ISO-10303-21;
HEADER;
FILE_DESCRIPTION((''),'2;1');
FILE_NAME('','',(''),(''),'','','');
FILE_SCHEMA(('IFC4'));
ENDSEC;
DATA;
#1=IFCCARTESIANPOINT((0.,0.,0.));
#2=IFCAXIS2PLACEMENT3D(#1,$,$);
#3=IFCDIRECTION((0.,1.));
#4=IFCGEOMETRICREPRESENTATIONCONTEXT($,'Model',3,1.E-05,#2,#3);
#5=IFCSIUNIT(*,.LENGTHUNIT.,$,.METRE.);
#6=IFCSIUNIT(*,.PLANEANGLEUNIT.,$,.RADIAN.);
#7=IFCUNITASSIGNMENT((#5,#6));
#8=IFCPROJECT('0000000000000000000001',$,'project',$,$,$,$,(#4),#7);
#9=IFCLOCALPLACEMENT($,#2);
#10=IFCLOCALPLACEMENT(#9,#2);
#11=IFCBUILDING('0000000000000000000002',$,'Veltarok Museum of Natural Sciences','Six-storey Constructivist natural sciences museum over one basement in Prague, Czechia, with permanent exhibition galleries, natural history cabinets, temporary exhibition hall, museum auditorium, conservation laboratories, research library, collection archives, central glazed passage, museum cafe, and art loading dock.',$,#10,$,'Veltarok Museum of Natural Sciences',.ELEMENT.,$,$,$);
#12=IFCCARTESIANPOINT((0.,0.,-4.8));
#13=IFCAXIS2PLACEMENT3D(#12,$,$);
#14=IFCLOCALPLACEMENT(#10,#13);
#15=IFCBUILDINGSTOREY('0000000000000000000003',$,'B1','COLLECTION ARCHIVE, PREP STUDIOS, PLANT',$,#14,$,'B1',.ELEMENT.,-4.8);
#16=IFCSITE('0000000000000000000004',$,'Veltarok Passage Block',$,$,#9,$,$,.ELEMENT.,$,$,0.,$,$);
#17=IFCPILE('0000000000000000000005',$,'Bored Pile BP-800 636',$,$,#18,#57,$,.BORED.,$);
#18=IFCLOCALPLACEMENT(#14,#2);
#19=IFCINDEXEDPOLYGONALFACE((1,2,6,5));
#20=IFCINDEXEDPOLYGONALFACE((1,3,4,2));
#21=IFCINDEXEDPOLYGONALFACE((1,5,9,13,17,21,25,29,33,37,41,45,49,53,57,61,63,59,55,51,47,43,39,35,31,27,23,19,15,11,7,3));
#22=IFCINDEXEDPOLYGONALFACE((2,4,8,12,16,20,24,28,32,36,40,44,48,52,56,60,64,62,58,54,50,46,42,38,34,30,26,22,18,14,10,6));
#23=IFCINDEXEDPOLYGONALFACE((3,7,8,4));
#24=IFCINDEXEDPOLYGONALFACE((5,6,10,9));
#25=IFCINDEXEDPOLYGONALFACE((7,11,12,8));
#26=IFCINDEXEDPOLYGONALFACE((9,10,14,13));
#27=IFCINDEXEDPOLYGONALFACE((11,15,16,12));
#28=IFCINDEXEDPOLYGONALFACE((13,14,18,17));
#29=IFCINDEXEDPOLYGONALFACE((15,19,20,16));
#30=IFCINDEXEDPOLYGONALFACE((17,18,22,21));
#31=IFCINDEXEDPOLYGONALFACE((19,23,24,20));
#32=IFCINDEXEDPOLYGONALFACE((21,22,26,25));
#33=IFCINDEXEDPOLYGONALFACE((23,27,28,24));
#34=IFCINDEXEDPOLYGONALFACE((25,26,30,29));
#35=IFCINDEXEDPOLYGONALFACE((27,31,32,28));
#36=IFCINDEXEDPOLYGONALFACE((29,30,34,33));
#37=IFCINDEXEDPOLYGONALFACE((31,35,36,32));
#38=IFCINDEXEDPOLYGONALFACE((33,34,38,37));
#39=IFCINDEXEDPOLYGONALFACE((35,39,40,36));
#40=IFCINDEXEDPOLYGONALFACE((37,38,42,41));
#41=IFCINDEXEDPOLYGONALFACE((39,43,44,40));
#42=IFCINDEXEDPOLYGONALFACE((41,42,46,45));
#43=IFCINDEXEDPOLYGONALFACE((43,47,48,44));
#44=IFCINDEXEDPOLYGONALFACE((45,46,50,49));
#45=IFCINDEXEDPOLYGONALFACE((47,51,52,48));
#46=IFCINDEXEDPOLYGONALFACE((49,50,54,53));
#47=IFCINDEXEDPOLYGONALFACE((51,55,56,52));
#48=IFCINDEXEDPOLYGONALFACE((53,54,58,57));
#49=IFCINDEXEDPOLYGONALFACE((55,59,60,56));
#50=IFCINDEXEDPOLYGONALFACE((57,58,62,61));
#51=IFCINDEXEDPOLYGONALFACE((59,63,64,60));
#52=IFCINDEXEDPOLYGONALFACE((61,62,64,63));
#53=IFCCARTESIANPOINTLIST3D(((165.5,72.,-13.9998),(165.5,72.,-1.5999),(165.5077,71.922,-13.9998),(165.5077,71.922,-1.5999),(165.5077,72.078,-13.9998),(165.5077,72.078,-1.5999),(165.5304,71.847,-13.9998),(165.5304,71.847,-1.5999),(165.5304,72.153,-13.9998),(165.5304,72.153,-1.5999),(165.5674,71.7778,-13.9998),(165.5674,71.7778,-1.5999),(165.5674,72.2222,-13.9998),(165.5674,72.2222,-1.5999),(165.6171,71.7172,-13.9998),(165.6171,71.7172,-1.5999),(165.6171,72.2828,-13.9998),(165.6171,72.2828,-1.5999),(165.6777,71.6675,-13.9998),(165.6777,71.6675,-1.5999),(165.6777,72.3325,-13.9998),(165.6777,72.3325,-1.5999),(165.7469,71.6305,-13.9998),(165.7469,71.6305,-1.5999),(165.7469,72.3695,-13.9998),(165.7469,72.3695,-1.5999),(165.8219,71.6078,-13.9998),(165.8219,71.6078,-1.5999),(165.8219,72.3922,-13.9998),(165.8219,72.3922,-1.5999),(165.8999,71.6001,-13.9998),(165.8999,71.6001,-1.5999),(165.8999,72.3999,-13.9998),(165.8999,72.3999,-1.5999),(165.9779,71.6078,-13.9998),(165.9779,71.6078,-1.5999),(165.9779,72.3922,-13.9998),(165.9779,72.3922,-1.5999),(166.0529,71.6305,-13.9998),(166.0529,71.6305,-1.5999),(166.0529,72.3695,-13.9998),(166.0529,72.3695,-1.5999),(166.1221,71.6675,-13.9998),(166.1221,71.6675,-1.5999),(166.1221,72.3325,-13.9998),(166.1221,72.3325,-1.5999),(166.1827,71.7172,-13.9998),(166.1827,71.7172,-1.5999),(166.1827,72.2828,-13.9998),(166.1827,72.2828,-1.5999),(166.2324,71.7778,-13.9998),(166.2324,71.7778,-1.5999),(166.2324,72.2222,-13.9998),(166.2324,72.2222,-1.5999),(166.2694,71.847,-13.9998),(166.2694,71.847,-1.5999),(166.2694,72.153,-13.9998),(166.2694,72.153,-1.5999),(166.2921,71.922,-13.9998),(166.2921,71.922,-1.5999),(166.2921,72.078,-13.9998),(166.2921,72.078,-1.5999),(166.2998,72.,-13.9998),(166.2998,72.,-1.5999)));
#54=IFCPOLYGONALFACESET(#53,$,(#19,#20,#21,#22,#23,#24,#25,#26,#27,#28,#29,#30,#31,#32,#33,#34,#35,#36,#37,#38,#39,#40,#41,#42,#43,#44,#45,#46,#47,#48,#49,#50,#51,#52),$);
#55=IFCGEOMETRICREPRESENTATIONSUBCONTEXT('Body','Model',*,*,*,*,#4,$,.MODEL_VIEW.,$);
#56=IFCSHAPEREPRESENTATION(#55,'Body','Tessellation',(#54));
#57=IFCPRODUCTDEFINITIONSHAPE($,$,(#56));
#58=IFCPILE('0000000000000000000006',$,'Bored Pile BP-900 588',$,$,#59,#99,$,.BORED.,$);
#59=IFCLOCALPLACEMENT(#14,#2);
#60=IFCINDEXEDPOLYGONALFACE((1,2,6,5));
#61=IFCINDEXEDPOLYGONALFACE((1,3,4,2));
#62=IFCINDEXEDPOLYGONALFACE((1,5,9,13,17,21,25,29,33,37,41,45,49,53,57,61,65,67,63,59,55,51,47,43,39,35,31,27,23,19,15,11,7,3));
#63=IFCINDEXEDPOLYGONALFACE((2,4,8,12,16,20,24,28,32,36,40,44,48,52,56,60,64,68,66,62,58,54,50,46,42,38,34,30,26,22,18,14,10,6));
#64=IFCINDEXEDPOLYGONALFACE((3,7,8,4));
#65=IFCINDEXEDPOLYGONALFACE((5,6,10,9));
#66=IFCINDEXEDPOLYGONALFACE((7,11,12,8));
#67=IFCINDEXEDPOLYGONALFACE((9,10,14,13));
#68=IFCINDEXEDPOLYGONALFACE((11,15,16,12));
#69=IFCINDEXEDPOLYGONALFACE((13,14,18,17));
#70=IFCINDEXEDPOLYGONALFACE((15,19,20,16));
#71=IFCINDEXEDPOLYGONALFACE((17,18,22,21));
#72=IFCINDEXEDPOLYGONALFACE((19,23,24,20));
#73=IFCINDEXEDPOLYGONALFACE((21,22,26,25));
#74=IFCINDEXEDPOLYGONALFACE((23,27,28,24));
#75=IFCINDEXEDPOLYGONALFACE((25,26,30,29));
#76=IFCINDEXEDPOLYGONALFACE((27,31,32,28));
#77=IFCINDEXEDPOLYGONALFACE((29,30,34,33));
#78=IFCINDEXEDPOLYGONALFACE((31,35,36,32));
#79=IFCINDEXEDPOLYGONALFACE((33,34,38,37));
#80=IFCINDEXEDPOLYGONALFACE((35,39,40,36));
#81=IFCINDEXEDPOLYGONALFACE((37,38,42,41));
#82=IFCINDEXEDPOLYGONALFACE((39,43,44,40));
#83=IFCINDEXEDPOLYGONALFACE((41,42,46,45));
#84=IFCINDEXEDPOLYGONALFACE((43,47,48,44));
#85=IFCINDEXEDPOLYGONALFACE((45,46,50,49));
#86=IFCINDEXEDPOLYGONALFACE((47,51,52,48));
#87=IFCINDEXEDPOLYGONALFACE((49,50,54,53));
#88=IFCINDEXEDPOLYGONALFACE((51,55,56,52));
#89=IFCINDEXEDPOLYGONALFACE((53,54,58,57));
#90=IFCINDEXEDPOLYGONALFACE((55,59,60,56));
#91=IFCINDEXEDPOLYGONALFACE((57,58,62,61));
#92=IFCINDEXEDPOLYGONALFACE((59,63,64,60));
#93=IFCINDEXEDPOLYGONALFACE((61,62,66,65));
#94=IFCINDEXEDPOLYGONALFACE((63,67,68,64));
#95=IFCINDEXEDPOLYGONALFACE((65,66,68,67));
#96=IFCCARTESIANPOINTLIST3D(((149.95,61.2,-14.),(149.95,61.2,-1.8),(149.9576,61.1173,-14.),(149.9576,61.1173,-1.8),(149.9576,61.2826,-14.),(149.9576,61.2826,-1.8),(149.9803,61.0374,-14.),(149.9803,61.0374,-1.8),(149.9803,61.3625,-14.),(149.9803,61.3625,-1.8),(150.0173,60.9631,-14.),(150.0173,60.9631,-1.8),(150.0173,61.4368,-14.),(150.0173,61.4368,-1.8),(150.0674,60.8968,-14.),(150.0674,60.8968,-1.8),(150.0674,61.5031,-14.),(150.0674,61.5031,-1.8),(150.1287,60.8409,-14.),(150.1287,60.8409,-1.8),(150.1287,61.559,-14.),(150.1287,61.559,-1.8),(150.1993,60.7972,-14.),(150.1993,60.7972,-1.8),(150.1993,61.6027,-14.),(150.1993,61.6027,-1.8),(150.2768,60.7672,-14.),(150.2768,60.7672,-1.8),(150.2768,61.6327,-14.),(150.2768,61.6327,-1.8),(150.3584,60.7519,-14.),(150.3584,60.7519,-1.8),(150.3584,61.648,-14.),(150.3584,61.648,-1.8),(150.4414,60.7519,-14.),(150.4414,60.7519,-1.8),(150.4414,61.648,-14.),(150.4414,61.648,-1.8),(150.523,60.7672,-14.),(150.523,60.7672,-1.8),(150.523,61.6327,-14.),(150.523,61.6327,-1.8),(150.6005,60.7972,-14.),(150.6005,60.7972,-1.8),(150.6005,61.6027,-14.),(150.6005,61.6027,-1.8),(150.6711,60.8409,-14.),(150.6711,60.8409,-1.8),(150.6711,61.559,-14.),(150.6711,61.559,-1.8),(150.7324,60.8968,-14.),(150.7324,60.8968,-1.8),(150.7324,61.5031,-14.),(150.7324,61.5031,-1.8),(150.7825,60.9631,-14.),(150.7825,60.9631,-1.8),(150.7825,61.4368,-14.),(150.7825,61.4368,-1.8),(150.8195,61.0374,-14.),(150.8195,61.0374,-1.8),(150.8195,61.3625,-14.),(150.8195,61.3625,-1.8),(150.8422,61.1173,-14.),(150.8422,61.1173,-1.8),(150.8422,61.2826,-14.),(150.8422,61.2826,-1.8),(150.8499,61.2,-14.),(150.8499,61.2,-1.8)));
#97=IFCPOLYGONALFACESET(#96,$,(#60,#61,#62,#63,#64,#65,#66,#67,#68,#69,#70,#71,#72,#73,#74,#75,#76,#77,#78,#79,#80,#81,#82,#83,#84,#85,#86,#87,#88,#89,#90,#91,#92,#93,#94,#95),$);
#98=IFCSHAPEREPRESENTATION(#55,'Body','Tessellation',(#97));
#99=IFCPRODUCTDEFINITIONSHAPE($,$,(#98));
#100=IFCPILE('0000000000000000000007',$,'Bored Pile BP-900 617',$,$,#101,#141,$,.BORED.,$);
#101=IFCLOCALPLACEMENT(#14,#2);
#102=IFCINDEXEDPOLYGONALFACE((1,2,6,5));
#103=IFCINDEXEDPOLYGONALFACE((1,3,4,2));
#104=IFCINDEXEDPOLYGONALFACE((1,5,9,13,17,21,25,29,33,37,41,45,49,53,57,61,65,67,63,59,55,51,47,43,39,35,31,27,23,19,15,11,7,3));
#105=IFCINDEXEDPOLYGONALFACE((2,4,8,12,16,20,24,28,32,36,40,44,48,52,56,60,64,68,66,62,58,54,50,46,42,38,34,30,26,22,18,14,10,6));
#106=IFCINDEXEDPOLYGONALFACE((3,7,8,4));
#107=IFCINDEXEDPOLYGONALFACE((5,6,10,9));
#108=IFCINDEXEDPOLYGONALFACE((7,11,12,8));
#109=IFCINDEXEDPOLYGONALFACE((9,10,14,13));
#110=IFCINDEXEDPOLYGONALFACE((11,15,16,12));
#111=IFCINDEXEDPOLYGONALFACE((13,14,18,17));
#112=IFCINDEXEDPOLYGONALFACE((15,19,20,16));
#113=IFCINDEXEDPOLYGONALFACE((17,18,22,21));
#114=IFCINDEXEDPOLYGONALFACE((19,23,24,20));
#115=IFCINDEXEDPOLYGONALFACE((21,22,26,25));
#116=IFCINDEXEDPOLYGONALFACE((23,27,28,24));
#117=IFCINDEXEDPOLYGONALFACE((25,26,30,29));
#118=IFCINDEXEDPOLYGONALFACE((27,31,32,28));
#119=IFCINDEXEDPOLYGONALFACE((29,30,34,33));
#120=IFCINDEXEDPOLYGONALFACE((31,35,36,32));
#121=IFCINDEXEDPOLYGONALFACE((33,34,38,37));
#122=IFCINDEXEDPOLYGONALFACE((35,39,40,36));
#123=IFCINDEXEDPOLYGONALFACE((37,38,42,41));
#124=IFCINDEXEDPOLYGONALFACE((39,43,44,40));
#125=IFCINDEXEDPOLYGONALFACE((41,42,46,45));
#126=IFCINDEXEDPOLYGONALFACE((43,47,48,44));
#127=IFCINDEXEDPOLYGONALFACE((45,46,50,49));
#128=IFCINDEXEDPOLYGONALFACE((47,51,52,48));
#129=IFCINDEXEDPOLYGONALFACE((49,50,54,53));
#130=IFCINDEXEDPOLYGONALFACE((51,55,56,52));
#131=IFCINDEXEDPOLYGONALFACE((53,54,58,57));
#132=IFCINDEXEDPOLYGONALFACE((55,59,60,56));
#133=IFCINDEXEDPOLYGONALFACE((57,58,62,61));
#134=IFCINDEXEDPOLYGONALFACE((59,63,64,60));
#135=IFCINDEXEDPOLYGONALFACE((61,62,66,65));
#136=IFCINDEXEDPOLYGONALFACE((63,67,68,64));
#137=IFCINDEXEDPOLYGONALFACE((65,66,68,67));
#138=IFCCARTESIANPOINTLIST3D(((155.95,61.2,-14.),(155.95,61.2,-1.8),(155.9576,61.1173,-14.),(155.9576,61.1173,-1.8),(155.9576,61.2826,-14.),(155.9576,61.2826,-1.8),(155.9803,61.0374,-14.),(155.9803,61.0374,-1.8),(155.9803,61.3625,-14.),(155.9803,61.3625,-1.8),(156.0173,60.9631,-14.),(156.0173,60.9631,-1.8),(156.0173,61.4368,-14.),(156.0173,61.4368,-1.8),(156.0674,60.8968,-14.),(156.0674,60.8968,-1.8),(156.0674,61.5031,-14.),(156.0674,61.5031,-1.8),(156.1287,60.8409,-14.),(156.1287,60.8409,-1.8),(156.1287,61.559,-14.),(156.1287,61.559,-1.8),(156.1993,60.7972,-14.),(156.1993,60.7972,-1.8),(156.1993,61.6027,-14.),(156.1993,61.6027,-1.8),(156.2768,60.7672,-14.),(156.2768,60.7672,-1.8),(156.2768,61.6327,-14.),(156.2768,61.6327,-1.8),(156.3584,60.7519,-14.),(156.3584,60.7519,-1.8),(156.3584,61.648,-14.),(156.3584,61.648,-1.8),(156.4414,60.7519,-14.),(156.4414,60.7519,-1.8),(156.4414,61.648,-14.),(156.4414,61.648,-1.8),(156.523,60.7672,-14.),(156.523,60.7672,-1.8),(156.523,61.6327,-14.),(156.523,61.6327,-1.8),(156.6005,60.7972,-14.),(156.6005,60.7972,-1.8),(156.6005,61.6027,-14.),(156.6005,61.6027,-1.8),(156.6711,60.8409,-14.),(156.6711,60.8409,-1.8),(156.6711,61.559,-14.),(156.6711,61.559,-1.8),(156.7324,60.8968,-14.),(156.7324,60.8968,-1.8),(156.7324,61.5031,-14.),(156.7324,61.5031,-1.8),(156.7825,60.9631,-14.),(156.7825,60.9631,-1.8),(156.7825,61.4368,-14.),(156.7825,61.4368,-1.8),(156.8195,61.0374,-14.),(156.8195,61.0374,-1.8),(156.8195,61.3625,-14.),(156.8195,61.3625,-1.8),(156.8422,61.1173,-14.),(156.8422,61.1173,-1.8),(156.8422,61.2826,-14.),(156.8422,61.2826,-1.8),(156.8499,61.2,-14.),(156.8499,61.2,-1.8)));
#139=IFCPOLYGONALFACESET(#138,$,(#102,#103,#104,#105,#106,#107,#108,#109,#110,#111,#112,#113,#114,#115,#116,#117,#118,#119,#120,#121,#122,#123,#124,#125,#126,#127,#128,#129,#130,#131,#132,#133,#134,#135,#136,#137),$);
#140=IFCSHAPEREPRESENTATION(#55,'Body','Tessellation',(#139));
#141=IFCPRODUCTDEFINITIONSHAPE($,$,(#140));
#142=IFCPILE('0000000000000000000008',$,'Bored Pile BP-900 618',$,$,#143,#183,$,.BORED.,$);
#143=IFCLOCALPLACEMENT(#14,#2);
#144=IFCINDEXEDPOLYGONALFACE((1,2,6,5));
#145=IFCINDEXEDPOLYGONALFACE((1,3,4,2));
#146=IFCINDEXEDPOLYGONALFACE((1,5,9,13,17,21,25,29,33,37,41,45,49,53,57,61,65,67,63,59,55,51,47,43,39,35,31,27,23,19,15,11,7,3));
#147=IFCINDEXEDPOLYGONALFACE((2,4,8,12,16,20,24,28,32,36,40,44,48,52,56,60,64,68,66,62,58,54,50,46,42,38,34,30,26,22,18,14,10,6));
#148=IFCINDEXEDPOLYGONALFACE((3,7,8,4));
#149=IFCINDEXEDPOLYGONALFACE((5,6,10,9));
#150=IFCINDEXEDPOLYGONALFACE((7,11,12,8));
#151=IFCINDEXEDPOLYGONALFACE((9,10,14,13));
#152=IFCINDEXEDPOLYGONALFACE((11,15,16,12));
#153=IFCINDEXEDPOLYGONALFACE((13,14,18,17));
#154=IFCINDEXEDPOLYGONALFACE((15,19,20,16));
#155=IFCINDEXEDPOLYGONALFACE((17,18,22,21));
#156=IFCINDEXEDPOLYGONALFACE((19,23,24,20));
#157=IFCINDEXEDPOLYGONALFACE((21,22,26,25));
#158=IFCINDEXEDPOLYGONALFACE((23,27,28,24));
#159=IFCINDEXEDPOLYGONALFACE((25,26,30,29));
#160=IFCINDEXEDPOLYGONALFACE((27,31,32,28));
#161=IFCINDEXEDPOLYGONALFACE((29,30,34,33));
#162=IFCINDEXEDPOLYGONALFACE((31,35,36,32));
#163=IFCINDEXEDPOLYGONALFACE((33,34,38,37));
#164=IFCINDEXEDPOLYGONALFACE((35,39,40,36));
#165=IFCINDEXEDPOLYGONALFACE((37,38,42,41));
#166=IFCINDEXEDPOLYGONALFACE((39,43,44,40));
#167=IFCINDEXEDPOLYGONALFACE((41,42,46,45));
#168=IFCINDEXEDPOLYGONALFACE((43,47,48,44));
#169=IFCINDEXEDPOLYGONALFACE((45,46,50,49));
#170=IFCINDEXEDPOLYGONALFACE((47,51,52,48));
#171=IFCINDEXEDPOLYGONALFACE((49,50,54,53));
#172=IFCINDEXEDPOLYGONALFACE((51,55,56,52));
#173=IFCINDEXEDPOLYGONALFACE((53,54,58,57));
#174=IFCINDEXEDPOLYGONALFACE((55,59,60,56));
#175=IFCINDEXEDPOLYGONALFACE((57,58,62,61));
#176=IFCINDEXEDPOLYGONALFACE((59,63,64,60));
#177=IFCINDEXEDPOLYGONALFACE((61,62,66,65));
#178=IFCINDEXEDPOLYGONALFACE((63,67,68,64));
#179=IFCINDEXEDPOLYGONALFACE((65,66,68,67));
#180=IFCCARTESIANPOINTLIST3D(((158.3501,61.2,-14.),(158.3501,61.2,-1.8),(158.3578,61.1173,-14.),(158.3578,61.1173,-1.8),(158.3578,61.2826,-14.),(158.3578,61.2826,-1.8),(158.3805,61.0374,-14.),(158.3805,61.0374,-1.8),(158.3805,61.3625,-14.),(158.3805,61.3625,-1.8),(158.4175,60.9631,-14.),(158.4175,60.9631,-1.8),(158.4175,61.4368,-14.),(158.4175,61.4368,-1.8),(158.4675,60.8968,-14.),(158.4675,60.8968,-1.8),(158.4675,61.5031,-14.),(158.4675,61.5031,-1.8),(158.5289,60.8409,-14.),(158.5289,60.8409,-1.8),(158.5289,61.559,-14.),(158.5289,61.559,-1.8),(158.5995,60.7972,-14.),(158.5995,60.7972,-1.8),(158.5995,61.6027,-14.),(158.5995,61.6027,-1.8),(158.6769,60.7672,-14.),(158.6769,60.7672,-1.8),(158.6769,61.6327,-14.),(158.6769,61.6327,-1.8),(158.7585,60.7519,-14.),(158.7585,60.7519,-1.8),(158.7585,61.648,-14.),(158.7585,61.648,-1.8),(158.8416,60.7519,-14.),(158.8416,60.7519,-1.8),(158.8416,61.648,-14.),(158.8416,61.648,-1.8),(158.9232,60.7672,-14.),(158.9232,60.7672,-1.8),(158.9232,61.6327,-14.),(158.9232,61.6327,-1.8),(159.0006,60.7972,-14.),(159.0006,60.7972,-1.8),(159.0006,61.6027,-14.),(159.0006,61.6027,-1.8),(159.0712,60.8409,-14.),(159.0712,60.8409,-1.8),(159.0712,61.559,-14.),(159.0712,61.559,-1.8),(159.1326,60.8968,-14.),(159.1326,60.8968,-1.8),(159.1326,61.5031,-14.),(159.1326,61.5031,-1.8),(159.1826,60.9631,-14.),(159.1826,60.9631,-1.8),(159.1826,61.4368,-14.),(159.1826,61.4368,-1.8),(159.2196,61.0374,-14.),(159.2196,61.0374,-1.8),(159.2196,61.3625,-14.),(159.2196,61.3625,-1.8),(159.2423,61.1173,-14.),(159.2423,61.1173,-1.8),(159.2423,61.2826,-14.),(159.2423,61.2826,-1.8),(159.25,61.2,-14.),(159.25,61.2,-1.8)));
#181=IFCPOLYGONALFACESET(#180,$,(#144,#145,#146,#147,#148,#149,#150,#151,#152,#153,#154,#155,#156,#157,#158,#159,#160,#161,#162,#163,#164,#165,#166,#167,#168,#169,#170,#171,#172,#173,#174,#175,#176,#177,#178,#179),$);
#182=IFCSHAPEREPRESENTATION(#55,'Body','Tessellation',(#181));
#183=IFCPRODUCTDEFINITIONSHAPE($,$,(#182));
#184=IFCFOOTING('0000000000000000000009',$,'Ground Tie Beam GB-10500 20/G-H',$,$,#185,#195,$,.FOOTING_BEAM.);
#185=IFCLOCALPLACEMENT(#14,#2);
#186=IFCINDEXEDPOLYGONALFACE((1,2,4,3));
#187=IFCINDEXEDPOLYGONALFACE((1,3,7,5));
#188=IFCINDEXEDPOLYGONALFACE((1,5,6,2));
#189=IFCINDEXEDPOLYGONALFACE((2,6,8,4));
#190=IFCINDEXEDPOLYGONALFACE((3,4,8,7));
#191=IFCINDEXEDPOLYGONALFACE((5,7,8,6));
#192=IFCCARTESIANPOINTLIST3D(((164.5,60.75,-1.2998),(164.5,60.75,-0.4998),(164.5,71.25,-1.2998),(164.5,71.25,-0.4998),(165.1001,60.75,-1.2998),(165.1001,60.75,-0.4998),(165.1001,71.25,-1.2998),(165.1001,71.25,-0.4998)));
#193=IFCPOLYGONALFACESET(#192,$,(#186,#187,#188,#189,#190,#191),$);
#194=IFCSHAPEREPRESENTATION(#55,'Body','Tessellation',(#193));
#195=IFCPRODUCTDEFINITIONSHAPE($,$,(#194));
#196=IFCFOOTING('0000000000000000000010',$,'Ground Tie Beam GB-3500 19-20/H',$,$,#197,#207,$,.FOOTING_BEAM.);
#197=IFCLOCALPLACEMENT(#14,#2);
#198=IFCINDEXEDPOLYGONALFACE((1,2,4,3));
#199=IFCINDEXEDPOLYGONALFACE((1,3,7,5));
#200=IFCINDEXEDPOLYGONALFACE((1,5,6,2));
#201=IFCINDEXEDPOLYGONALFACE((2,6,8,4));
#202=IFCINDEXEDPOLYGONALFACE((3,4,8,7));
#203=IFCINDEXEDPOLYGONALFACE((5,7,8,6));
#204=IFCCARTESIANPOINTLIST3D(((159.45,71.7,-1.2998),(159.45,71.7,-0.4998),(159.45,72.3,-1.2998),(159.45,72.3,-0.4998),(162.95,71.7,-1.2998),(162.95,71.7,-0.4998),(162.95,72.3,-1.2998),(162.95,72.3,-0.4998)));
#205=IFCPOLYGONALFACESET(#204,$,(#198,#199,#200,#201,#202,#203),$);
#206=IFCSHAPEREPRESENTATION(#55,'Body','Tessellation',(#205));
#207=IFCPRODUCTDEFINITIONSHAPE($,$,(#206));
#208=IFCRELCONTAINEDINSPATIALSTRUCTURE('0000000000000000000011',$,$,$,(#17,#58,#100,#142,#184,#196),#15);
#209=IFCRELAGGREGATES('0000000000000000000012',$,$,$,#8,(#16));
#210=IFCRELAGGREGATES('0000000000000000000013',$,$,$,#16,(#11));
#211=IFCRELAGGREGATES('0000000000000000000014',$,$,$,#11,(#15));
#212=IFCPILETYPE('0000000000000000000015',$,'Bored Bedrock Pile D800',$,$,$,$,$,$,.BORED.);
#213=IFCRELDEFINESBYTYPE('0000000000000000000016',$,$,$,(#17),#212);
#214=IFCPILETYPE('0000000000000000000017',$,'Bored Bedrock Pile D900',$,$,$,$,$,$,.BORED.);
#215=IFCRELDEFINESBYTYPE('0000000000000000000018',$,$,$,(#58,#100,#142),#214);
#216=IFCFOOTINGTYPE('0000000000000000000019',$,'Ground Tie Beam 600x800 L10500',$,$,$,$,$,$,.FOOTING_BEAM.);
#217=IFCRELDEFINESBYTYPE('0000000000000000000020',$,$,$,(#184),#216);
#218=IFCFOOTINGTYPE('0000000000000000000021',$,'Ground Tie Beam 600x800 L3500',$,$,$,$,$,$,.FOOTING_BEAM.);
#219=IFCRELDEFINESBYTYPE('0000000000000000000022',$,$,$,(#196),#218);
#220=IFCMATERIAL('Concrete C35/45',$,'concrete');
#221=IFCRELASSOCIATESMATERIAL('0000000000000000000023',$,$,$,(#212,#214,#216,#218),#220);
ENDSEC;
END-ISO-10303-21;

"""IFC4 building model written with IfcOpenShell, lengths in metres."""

from ifc_helpers import new_model, si_unit, direction, frame, origin, origin_2d, place, context, subcontext, project, spatial, rectangle, circle, extrude, material, material_profile, profile_set, type_object, element, save


model = new_model("IFC4")

# Units and contexts
model_context = context("Model", 3, precision=1e-05, world=origin(), true_north=direction((0.0, 1.0)))
body_context = subcontext(model_context, "Body", "Model", "MODEL_VIEW")
ifc_project = project(units=[si_unit("LENGTHUNIT", "METRE"), si_unit("PLANEANGLEUNIT", "RADIAN")], contexts=[model_context])

# Site, building, storey
site_placement = place(None, origin())
site = spatial("IfcSite", under=ifc_project, at=site_placement, Name="Veltarok Passage Block", CompositionType="ELEMENT", RefElevation=0.0)
building_placement = place(site_placement, origin())
building = spatial("IfcBuilding", under=site, at=building_placement, Name="Veltarok Museum of Natural Sciences", Description="Six-storey Constructivist natural sciences museum over one basement in Prague, Czechia, with permanent exhibition galleries, natural history cabinets, temporary exhibition hall, museum auditorium, conservation laboratories, research library, collection archives, central glazed passage, museum cafe, and art loading dock.", LongName="Veltarok Museum of Natural Sciences", CompositionType="ELEMENT")
storey_placement = place(building_placement, frame((0.0, 0.0, -4.8)))
storey = spatial("IfcBuildingStorey", under=building, at=storey_placement, Name="B1", Description="COLLECTION ARCHIVE, PREP STUDIOS, PLANT", LongName="B1", CompositionType="ELEMENT", Elevation=-4.8)

# Piles
ifc_material_1 = material(Name="Concrete C35/45", Category="concrete")
ifc_material_profile_1 = material_profile(ifc_material_1, circle(Radius=0.3999, at=origin_2d()), Name="BP D800")
ifc_profile_set_1 = profile_set([ifc_material_profile_1], Name="Concrete C35/45")
pile_type_1 = type_object("IfcPileType", Name="Bored Bedrock Pile D800", PredefinedType="BORED", material=ifc_profile_set_1)
for number, where, z_axis, x_axis, name in (
    (1, (165.8999, 72.0, -1.5999), (0.0, 0.0, -1.0), (1.0, 0.0, 0.0), "Bored Pile BP-800 636"),
):
    element("IfcPile", number, at=place(storey_placement, frame(where, z_axis=z_axis, x_axis=x_axis)), inside=storey, type_object=pile_type_1, Name=name, PredefinedType="BORED", context=body_context, shape_type="SweptSolid", body=[
        extrude(circle(Radius=0.3999, at=origin_2d()), origin(), (0.0, 0.0, 1.0), 12.3999),
    ])
ifc_material_profile_2 = material_profile(ifc_material_1, circle(Radius=0.45, at=origin_2d()), Name="BP D900")
ifc_profile_set_2 = profile_set([ifc_material_profile_2], Name="Concrete C35/45")
pile_type_2 = type_object("IfcPileType", Name="Bored Bedrock Pile D900", PredefinedType="BORED", material=ifc_profile_set_2)
for number, where, z_axis, x_axis, name in (
    (2, (150.3999, 61.2, -1.8), (0.0, 0.0, -1.0), (1.0, 0.0, 0.0), "Bored Pile BP-900 588"),
    (3, (156.3999, 61.2, -1.8), (0.0, 0.0, -1.0), (1.0, 0.0, 0.0), "Bored Pile BP-900 617"),
    (4, (158.8, 61.2, -1.8), (0.0, 0.0, -1.0), (1.0, 0.0, 0.0), "Bored Pile BP-900 618"),
):
    element("IfcPile", number, at=place(storey_placement, frame(where, z_axis=z_axis, x_axis=x_axis)), inside=storey, type_object=pile_type_2, Name=name, PredefinedType="BORED", context=body_context, shape_type="SweptSolid", body=[
        extrude(circle(Radius=0.45, at=origin_2d()), origin(), (0.0, 0.0, 1.0), 12.2),
    ])

# Footings
footing_type_1 = type_object("IfcFootingType", Name="Ground Tie Beam 600x800 L10500", PredefinedType="FOOTING_BEAM", material=ifc_material_1)
footing_1_placement = place(storey_placement, frame((164.8, 66.0, -1.2998), z_axis=(0.0, 0.0, 1.0), x_axis=(0.0, 1.0, 0.0)))
element("IfcFooting", 5, at=footing_1_placement, inside=storey, type_object=footing_type_1, Name="Ground Tie Beam GB-10500 20/G-H", PredefinedType="FOOTING_BEAM", context=body_context, shape_type="SweptSolid", body=[
    extrude(rectangle(XDim=10.5, YDim=0.6001, at=origin_2d()), origin(), (0.0, 0.0, 1.0), 0.8),
])
footing_type_2 = type_object("IfcFootingType", Name="Ground Tie Beam 600x800 L3500", PredefinedType="FOOTING_BEAM", material=ifc_material_1)
footing_2_placement = place(storey_placement, frame((161.2, 72.0, -1.2998), z_axis=(0.0, 0.0, 1.0), x_axis=(1.0, 0.0, 0.0)))
element("IfcFooting", 6, at=footing_2_placement, inside=storey, type_object=footing_type_2, Name="Ground Tie Beam GB-3500 19-20/H", PredefinedType="FOOTING_BEAM", context=body_context, shape_type="SweptSolid", body=[
    extrude(rectangle(XDim=3.5, YDim=0.6001, at=origin_2d()), origin(), (0.0, 0.0, 1.0), 0.8),
])

save(model, "model.ifc")
